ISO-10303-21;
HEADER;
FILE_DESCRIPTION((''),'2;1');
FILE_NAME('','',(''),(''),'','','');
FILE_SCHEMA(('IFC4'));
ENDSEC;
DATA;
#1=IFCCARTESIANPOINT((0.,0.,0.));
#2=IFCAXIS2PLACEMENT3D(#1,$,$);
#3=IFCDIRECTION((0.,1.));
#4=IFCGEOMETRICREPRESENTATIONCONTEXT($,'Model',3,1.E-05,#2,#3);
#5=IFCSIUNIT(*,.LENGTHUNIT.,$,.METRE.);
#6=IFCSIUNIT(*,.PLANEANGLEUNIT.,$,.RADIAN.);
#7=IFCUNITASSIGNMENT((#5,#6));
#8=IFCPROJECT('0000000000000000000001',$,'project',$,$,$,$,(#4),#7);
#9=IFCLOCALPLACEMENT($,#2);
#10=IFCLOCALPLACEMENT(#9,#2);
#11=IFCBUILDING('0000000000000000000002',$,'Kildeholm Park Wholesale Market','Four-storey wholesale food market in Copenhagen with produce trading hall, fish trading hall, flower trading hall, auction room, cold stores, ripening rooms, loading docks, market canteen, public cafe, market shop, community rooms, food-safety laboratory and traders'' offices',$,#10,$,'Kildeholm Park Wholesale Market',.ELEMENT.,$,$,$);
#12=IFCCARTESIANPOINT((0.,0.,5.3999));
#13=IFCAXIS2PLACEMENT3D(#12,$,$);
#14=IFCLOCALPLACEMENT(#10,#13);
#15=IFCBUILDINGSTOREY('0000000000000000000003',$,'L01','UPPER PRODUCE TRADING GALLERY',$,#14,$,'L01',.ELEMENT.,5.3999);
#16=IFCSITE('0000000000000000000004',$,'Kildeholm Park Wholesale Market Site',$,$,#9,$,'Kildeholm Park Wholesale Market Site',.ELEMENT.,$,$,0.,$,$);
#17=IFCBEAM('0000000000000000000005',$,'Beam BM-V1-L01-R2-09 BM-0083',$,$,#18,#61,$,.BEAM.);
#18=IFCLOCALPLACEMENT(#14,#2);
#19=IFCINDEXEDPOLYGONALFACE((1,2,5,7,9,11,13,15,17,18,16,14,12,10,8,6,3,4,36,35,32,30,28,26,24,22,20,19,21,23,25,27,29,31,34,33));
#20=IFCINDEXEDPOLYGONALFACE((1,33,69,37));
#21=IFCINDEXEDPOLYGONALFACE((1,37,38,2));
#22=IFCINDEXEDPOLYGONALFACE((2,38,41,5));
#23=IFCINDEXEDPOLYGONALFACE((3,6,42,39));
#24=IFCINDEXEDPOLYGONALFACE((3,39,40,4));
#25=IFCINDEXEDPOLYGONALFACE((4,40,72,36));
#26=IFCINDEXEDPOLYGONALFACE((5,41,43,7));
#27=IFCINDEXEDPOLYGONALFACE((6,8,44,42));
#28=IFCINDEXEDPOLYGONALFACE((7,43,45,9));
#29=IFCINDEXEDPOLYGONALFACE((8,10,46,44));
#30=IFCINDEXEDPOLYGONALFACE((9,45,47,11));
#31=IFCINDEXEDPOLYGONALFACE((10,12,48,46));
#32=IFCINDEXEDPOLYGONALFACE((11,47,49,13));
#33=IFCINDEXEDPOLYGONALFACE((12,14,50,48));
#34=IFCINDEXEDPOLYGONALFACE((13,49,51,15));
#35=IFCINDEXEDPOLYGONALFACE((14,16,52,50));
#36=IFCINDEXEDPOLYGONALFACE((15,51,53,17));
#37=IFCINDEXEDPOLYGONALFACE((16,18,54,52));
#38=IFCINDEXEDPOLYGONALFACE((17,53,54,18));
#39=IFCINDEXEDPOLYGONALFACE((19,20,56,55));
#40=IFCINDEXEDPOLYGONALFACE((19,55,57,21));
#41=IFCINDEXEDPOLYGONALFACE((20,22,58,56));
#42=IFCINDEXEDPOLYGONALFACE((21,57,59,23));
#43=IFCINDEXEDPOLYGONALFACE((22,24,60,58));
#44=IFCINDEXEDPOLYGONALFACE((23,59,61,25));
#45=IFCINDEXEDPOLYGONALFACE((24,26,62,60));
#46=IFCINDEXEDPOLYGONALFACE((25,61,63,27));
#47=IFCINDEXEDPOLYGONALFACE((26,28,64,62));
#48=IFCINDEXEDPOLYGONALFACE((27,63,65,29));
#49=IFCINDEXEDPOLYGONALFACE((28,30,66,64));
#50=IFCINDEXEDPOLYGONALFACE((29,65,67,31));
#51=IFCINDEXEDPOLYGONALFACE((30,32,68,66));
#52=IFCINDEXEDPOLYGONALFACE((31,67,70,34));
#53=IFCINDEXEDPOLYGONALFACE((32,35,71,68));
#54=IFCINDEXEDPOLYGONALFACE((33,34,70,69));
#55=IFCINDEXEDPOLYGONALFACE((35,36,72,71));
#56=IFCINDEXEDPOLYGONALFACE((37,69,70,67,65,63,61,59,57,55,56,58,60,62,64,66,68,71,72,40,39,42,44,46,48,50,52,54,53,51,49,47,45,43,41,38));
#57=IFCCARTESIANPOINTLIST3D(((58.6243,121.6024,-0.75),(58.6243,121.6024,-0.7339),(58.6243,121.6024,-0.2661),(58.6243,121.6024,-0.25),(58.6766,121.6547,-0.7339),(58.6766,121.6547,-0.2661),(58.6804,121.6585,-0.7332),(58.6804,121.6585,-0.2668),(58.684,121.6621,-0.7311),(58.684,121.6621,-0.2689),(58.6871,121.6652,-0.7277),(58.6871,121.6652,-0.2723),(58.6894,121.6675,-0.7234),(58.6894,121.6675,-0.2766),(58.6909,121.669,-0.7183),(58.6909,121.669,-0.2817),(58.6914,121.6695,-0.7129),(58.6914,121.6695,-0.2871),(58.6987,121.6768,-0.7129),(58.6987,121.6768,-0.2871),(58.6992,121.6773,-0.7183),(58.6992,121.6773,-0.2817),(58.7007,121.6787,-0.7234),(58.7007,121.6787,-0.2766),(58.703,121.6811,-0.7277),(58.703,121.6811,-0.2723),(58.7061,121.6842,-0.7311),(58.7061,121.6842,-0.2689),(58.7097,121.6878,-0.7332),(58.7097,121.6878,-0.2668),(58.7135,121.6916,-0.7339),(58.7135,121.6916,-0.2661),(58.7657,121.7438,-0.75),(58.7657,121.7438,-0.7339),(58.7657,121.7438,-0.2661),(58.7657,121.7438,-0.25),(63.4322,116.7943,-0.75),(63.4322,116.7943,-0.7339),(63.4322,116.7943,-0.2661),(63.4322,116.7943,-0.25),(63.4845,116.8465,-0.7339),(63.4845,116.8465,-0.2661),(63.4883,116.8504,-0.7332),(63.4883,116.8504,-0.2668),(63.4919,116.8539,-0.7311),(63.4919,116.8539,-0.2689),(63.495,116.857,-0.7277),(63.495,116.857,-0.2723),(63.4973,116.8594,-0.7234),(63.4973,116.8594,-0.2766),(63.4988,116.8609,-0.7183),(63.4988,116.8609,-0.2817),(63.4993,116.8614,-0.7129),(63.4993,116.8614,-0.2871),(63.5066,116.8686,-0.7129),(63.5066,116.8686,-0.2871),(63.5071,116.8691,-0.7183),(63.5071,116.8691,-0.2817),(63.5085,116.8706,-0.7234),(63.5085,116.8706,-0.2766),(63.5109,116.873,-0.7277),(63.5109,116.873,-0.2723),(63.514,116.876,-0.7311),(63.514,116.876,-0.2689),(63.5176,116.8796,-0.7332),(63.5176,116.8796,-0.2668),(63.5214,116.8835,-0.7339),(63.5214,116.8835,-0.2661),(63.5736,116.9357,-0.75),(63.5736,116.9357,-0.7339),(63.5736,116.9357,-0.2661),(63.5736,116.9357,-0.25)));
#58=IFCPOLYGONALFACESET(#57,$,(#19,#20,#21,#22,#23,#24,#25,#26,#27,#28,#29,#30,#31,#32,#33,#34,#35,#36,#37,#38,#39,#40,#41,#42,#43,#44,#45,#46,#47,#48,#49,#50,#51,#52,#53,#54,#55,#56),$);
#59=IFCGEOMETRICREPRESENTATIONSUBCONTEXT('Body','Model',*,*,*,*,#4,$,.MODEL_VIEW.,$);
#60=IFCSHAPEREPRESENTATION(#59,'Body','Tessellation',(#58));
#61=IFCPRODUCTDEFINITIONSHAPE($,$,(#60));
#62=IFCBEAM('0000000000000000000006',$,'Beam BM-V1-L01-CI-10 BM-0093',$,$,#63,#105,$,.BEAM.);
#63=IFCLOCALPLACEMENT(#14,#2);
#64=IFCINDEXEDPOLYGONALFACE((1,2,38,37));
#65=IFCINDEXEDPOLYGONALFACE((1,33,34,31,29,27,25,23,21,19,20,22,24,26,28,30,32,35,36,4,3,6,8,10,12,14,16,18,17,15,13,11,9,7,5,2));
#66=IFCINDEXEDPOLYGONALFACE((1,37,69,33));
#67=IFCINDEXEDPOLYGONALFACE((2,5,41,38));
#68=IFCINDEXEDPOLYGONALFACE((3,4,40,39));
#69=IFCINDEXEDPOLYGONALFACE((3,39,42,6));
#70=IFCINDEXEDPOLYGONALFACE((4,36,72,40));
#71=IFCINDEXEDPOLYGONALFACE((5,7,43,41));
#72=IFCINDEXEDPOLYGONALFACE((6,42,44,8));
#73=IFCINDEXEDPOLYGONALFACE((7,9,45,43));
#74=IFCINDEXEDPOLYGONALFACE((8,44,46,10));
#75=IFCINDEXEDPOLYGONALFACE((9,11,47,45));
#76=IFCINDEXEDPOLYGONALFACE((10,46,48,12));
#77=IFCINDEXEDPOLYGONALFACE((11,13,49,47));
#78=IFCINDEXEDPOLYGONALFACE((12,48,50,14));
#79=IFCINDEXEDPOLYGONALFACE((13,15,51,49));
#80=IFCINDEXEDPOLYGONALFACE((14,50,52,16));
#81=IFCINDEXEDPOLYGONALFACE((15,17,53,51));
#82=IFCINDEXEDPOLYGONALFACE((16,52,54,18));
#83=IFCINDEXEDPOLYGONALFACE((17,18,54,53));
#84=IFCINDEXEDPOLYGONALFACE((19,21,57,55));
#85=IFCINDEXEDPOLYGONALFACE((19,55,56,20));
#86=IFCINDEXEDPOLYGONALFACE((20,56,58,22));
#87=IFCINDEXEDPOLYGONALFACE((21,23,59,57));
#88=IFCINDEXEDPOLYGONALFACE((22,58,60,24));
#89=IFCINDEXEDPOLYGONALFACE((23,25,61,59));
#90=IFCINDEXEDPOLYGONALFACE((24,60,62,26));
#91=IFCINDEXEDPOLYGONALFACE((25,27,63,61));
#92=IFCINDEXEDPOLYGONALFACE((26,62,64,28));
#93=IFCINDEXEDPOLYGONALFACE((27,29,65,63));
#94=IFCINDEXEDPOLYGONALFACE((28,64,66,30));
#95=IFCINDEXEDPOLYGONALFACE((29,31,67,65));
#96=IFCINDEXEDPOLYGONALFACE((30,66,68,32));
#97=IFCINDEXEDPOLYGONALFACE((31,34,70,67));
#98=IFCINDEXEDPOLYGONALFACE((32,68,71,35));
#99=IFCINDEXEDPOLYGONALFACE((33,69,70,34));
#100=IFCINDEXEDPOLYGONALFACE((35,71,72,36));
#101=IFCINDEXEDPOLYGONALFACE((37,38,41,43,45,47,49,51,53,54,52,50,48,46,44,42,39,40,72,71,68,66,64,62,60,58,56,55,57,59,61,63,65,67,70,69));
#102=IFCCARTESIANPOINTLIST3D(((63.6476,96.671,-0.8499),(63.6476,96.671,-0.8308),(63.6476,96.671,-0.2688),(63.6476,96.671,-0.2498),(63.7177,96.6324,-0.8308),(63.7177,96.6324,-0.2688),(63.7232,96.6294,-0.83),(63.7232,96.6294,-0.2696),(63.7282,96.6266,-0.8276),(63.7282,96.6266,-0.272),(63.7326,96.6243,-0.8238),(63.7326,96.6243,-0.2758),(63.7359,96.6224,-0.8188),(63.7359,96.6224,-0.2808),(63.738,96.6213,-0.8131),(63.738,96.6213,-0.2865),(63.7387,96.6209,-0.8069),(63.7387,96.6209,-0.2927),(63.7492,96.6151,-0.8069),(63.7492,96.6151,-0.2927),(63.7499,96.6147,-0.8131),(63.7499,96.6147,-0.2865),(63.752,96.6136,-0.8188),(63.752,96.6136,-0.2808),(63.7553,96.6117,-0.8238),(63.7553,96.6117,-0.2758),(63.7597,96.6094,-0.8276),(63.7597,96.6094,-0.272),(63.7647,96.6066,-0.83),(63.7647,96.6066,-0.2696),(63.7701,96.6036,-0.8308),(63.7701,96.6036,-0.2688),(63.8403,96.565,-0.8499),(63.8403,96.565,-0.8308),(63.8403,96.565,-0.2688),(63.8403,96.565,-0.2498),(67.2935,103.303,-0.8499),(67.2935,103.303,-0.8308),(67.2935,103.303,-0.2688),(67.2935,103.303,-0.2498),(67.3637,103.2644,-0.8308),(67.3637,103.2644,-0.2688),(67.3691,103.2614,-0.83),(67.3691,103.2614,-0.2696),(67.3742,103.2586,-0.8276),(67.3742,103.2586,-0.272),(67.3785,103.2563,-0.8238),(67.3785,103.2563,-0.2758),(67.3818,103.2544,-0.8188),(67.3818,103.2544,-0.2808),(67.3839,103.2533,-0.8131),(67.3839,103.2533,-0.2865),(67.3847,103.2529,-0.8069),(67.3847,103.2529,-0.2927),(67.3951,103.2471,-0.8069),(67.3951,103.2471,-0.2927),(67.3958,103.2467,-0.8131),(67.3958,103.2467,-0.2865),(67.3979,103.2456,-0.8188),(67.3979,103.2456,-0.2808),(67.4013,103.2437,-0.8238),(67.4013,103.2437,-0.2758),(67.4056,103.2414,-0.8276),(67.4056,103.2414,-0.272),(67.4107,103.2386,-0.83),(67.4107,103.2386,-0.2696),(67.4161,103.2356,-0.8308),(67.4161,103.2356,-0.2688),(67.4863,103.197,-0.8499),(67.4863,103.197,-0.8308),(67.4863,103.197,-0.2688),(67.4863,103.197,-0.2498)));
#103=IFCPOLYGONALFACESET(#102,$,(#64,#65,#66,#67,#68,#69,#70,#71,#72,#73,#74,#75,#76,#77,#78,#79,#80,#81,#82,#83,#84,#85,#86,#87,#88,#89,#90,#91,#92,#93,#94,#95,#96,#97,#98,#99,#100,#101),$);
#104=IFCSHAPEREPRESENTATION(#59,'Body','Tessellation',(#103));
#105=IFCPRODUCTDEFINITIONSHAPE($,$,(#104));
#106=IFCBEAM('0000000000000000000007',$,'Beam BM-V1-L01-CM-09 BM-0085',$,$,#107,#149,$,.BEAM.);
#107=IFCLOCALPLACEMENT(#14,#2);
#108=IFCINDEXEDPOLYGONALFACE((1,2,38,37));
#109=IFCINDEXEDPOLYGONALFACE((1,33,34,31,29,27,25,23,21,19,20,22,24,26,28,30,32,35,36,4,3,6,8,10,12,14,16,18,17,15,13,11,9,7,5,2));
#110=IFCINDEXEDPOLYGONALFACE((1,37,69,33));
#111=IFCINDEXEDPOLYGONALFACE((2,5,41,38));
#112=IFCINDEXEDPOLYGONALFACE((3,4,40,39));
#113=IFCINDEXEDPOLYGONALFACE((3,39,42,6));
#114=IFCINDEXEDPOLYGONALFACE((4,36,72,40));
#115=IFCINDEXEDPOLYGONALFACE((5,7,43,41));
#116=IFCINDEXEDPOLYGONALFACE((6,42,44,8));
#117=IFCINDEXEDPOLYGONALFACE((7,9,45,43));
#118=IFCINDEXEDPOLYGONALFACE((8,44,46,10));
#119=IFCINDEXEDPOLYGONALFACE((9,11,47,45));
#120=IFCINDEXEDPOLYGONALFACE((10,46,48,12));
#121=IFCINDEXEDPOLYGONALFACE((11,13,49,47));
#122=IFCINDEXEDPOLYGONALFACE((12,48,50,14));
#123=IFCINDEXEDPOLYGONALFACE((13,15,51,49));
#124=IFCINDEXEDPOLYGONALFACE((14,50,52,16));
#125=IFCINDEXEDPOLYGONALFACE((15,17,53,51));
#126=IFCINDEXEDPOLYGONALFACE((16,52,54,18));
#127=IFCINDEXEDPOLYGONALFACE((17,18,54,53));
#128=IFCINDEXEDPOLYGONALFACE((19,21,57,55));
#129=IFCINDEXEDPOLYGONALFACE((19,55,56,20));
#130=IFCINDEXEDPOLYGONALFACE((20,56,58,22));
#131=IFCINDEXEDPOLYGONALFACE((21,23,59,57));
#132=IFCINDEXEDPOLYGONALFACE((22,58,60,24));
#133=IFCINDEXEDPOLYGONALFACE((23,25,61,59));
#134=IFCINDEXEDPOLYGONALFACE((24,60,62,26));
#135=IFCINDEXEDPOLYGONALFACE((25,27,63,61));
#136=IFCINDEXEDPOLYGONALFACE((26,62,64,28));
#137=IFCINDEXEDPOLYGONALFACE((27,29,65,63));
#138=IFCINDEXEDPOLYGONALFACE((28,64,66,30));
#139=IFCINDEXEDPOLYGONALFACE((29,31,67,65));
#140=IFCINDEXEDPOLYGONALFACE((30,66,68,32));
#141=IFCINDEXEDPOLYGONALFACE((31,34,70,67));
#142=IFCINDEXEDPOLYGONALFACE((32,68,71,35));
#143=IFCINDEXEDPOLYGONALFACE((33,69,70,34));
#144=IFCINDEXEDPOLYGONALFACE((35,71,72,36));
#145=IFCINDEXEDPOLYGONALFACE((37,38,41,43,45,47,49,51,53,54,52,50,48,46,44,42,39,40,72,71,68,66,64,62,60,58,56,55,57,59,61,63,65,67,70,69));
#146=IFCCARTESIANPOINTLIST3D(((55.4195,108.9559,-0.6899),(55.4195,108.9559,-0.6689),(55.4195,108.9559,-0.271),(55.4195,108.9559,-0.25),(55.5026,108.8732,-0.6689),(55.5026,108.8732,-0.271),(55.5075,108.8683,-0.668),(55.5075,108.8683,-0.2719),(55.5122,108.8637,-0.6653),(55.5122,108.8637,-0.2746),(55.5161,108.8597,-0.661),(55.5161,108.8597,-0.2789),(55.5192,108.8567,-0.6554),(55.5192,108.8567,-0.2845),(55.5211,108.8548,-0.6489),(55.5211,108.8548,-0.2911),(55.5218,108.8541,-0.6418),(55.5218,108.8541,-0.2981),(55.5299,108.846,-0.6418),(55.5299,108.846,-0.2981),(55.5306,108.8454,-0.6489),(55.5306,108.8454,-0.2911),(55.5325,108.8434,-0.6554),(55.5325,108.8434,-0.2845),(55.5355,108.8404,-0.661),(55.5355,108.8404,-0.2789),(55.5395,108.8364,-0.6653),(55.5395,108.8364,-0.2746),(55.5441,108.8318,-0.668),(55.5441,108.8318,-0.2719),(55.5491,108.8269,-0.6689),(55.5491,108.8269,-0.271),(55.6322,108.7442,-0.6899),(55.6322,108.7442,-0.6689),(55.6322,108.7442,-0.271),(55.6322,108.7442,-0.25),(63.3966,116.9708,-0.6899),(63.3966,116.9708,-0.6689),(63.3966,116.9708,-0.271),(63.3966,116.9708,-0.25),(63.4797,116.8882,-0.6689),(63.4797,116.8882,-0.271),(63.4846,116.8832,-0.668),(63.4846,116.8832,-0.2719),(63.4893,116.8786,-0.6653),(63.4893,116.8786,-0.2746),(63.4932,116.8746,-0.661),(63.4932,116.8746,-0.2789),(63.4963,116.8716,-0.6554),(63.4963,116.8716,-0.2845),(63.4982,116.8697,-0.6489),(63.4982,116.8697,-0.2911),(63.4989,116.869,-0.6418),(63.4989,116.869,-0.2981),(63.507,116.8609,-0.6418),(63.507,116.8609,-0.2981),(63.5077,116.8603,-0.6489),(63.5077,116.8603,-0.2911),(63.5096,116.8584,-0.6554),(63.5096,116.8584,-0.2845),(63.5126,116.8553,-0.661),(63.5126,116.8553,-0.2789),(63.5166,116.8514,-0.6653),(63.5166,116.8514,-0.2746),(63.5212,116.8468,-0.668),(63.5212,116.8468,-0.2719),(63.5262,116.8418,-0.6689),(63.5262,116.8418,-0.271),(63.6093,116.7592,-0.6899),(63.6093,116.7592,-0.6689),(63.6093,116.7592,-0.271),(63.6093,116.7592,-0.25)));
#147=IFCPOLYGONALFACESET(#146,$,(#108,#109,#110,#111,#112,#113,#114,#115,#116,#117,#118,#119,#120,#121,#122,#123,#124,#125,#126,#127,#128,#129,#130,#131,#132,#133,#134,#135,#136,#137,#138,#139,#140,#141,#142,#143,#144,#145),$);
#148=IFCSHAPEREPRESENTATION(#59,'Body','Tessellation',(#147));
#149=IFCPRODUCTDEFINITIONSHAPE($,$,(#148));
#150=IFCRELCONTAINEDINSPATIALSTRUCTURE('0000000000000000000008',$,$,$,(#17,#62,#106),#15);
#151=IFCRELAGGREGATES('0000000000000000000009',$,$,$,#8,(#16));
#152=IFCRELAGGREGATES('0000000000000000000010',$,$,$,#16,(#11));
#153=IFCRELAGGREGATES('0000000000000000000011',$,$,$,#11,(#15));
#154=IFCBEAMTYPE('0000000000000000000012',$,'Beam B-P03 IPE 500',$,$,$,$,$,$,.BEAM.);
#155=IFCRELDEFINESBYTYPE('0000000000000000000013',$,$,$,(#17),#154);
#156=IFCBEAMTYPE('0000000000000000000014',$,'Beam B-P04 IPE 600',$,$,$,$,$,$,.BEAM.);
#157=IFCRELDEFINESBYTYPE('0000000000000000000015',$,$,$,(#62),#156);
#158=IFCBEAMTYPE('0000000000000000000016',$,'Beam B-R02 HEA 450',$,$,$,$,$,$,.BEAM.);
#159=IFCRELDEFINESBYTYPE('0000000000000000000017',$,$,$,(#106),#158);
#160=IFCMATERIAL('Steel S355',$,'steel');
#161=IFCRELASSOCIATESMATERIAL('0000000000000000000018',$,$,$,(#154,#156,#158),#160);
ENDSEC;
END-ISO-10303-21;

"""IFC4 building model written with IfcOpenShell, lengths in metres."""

from ifc_helpers import new_model, si_unit, direction, frame, origin, origin_2d, place, context, subcontext, project, spatial, i_section, extrude, material, material_profile, profile_set, type_object, element, save


model = new_model("IFC4")

# Units and contexts
model_context = context("Model", 3, precision=1e-05, world=origin(), true_north=direction((0.0, 1.0)))
body_context = subcontext(model_context, "Body", "Model", "MODEL_VIEW")
ifc_project = project(units=[si_unit("LENGTHUNIT", "METRE"), si_unit("PLANEANGLEUNIT", "RADIAN")], contexts=[model_context])

# Site, building, storey
site_placement = place(None, origin())
site = spatial("IfcSite", under=ifc_project, at=site_placement, Name="Kildeholm Park Wholesale Market Site", LongName="Kildeholm Park Wholesale Market Site", CompositionType="ELEMENT", RefElevation=0.0)
building_placement = place(site_placement, origin())
building = spatial("IfcBuilding", under=site, at=building_placement, Name="Kildeholm Park Wholesale Market", Description="Four-storey wholesale food market in Copenhagen with produce trading hall, fish trading hall, flower trading hall, auction room, cold stores, ripening rooms, loading docks, market canteen, public cafe, market shop, community rooms, food-safety laboratory and traders' offices", LongName="Kildeholm Park Wholesale Market", CompositionType="ELEMENT")
storey_placement = place(building_placement, frame((0.0, 0.0, 5.3999)))
storey = spatial("IfcBuildingStorey", under=building, at=storey_placement, Name="L01", Description="UPPER PRODUCE TRADING GALLERY", LongName="L01", CompositionType="ELEMENT", Elevation=5.3999)

# Shared definitions
ifc_material_1 = material(Name="Steel S355", Category="steel")

# Beams
ifc_material_profile_1 = material_profile(ifc_material_1, i_section(OverallWidth=0.2, OverallDepth=0.5, WebThickness=0.0103, FlangeThickness=0.0161, FilletRadius=0.021, at=origin_2d()), Name="IPE 500")
ifc_profile_set_1 = profile_set([ifc_material_profile_1], Name="Steel S355")
beam_type_1 = type_object("IfcBeamType", Name="Beam B-P03 IPE 500", PredefinedType="BEAM", material=ifc_profile_set_1)
beam_1_placement = place(storey_placement, frame((63.5029, 116.865, -0.5), z_axis=(-0.707089, 0.707125, 0.0), x_axis=(-0.707125, -0.707089, 0.0)))
element("IfcBeam", 1, at=beam_1_placement, inside=storey, type_object=beam_type_1, Name="Beam BM-V1-L01-R2-09 BM-0083", PredefinedType="BEAM", context=body_context, shape_type="SweptSolid", body=[
    extrude(i_section(OverallWidth=0.2, OverallDepth=0.5, WebThickness=0.0103, FlangeThickness=0.0161, FilletRadius=0.021, at=origin_2d()), origin(), (0.0, 0.0, 1.0), 6.7996),
])
ifc_material_profile_2 = material_profile(ifc_material_1, i_section(OverallWidth=0.22, OverallDepth=0.6001, WebThickness=0.012, FlangeThickness=0.019, FilletRadius=0.0239, at=origin_2d()), Name="IPE 600")
ifc_profile_set_2 = profile_set([ifc_material_profile_2], Name="Steel S355")
beam_type_2 = type_object("IfcBeamType", Name="Beam B-P04 IPE 600", PredefinedType="BEAM", material=ifc_profile_set_2)
beam_2_placement = place(storey_placement, frame((67.3899, 103.25, -0.5498), z_axis=(-0.481752, -0.876308, 0.0), x_axis=(0.876308, -0.481752, 0.0)))
element("IfcBeam", 2, at=beam_2_placement, inside=storey, type_object=beam_type_2, Name="Beam BM-V1-L01-CI-10 BM-0093", PredefinedType="BEAM", context=body_context, shape_type="SweptSolid", body=[
    extrude(i_section(OverallWidth=0.22, OverallDepth=0.6001, WebThickness=0.012, FlangeThickness=0.019, FilletRadius=0.0239, at=origin_2d()), origin(), (0.0, 0.0, 1.0), 7.5681),
])
ifc_material_profile_3 = material_profile(ifc_material_1, i_section(OverallWidth=0.3, OverallDepth=0.4399, WebThickness=0.0115, FlangeThickness=0.021, FilletRadius=0.0271, at=origin_2d()), Name="HEA 450")
ifc_profile_set_3 = profile_set([ifc_material_profile_3], Name="Steel S355")
beam_type_3 = type_object("IfcBeamType", Name="Beam B-R02 HEA 450", PredefinedType="BEAM", material=ifc_profile_set_3)
beam_3_placement = place(storey_placement, frame((63.5029, 116.865, -0.47), z_axis=(-0.705432, -0.708778, 0.0), x_axis=(0.708778, -0.705432, 0.0)))
element("IfcBeam", 3, at=beam_3_placement, inside=storey, type_object=beam_type_3, Name="Beam BM-V1-L01-CM-09 BM-0085", PredefinedType="BEAM", context=body_context, shape_type="SweptSolid", body=[
    extrude(i_section(OverallWidth=0.3, OverallDepth=0.4399, WebThickness=0.0115, FlangeThickness=0.021, FilletRadius=0.0271, at=origin_2d()), origin(), (0.0, 0.0, 1.0), 11.3081),
])

save(model, "model.ifc")
